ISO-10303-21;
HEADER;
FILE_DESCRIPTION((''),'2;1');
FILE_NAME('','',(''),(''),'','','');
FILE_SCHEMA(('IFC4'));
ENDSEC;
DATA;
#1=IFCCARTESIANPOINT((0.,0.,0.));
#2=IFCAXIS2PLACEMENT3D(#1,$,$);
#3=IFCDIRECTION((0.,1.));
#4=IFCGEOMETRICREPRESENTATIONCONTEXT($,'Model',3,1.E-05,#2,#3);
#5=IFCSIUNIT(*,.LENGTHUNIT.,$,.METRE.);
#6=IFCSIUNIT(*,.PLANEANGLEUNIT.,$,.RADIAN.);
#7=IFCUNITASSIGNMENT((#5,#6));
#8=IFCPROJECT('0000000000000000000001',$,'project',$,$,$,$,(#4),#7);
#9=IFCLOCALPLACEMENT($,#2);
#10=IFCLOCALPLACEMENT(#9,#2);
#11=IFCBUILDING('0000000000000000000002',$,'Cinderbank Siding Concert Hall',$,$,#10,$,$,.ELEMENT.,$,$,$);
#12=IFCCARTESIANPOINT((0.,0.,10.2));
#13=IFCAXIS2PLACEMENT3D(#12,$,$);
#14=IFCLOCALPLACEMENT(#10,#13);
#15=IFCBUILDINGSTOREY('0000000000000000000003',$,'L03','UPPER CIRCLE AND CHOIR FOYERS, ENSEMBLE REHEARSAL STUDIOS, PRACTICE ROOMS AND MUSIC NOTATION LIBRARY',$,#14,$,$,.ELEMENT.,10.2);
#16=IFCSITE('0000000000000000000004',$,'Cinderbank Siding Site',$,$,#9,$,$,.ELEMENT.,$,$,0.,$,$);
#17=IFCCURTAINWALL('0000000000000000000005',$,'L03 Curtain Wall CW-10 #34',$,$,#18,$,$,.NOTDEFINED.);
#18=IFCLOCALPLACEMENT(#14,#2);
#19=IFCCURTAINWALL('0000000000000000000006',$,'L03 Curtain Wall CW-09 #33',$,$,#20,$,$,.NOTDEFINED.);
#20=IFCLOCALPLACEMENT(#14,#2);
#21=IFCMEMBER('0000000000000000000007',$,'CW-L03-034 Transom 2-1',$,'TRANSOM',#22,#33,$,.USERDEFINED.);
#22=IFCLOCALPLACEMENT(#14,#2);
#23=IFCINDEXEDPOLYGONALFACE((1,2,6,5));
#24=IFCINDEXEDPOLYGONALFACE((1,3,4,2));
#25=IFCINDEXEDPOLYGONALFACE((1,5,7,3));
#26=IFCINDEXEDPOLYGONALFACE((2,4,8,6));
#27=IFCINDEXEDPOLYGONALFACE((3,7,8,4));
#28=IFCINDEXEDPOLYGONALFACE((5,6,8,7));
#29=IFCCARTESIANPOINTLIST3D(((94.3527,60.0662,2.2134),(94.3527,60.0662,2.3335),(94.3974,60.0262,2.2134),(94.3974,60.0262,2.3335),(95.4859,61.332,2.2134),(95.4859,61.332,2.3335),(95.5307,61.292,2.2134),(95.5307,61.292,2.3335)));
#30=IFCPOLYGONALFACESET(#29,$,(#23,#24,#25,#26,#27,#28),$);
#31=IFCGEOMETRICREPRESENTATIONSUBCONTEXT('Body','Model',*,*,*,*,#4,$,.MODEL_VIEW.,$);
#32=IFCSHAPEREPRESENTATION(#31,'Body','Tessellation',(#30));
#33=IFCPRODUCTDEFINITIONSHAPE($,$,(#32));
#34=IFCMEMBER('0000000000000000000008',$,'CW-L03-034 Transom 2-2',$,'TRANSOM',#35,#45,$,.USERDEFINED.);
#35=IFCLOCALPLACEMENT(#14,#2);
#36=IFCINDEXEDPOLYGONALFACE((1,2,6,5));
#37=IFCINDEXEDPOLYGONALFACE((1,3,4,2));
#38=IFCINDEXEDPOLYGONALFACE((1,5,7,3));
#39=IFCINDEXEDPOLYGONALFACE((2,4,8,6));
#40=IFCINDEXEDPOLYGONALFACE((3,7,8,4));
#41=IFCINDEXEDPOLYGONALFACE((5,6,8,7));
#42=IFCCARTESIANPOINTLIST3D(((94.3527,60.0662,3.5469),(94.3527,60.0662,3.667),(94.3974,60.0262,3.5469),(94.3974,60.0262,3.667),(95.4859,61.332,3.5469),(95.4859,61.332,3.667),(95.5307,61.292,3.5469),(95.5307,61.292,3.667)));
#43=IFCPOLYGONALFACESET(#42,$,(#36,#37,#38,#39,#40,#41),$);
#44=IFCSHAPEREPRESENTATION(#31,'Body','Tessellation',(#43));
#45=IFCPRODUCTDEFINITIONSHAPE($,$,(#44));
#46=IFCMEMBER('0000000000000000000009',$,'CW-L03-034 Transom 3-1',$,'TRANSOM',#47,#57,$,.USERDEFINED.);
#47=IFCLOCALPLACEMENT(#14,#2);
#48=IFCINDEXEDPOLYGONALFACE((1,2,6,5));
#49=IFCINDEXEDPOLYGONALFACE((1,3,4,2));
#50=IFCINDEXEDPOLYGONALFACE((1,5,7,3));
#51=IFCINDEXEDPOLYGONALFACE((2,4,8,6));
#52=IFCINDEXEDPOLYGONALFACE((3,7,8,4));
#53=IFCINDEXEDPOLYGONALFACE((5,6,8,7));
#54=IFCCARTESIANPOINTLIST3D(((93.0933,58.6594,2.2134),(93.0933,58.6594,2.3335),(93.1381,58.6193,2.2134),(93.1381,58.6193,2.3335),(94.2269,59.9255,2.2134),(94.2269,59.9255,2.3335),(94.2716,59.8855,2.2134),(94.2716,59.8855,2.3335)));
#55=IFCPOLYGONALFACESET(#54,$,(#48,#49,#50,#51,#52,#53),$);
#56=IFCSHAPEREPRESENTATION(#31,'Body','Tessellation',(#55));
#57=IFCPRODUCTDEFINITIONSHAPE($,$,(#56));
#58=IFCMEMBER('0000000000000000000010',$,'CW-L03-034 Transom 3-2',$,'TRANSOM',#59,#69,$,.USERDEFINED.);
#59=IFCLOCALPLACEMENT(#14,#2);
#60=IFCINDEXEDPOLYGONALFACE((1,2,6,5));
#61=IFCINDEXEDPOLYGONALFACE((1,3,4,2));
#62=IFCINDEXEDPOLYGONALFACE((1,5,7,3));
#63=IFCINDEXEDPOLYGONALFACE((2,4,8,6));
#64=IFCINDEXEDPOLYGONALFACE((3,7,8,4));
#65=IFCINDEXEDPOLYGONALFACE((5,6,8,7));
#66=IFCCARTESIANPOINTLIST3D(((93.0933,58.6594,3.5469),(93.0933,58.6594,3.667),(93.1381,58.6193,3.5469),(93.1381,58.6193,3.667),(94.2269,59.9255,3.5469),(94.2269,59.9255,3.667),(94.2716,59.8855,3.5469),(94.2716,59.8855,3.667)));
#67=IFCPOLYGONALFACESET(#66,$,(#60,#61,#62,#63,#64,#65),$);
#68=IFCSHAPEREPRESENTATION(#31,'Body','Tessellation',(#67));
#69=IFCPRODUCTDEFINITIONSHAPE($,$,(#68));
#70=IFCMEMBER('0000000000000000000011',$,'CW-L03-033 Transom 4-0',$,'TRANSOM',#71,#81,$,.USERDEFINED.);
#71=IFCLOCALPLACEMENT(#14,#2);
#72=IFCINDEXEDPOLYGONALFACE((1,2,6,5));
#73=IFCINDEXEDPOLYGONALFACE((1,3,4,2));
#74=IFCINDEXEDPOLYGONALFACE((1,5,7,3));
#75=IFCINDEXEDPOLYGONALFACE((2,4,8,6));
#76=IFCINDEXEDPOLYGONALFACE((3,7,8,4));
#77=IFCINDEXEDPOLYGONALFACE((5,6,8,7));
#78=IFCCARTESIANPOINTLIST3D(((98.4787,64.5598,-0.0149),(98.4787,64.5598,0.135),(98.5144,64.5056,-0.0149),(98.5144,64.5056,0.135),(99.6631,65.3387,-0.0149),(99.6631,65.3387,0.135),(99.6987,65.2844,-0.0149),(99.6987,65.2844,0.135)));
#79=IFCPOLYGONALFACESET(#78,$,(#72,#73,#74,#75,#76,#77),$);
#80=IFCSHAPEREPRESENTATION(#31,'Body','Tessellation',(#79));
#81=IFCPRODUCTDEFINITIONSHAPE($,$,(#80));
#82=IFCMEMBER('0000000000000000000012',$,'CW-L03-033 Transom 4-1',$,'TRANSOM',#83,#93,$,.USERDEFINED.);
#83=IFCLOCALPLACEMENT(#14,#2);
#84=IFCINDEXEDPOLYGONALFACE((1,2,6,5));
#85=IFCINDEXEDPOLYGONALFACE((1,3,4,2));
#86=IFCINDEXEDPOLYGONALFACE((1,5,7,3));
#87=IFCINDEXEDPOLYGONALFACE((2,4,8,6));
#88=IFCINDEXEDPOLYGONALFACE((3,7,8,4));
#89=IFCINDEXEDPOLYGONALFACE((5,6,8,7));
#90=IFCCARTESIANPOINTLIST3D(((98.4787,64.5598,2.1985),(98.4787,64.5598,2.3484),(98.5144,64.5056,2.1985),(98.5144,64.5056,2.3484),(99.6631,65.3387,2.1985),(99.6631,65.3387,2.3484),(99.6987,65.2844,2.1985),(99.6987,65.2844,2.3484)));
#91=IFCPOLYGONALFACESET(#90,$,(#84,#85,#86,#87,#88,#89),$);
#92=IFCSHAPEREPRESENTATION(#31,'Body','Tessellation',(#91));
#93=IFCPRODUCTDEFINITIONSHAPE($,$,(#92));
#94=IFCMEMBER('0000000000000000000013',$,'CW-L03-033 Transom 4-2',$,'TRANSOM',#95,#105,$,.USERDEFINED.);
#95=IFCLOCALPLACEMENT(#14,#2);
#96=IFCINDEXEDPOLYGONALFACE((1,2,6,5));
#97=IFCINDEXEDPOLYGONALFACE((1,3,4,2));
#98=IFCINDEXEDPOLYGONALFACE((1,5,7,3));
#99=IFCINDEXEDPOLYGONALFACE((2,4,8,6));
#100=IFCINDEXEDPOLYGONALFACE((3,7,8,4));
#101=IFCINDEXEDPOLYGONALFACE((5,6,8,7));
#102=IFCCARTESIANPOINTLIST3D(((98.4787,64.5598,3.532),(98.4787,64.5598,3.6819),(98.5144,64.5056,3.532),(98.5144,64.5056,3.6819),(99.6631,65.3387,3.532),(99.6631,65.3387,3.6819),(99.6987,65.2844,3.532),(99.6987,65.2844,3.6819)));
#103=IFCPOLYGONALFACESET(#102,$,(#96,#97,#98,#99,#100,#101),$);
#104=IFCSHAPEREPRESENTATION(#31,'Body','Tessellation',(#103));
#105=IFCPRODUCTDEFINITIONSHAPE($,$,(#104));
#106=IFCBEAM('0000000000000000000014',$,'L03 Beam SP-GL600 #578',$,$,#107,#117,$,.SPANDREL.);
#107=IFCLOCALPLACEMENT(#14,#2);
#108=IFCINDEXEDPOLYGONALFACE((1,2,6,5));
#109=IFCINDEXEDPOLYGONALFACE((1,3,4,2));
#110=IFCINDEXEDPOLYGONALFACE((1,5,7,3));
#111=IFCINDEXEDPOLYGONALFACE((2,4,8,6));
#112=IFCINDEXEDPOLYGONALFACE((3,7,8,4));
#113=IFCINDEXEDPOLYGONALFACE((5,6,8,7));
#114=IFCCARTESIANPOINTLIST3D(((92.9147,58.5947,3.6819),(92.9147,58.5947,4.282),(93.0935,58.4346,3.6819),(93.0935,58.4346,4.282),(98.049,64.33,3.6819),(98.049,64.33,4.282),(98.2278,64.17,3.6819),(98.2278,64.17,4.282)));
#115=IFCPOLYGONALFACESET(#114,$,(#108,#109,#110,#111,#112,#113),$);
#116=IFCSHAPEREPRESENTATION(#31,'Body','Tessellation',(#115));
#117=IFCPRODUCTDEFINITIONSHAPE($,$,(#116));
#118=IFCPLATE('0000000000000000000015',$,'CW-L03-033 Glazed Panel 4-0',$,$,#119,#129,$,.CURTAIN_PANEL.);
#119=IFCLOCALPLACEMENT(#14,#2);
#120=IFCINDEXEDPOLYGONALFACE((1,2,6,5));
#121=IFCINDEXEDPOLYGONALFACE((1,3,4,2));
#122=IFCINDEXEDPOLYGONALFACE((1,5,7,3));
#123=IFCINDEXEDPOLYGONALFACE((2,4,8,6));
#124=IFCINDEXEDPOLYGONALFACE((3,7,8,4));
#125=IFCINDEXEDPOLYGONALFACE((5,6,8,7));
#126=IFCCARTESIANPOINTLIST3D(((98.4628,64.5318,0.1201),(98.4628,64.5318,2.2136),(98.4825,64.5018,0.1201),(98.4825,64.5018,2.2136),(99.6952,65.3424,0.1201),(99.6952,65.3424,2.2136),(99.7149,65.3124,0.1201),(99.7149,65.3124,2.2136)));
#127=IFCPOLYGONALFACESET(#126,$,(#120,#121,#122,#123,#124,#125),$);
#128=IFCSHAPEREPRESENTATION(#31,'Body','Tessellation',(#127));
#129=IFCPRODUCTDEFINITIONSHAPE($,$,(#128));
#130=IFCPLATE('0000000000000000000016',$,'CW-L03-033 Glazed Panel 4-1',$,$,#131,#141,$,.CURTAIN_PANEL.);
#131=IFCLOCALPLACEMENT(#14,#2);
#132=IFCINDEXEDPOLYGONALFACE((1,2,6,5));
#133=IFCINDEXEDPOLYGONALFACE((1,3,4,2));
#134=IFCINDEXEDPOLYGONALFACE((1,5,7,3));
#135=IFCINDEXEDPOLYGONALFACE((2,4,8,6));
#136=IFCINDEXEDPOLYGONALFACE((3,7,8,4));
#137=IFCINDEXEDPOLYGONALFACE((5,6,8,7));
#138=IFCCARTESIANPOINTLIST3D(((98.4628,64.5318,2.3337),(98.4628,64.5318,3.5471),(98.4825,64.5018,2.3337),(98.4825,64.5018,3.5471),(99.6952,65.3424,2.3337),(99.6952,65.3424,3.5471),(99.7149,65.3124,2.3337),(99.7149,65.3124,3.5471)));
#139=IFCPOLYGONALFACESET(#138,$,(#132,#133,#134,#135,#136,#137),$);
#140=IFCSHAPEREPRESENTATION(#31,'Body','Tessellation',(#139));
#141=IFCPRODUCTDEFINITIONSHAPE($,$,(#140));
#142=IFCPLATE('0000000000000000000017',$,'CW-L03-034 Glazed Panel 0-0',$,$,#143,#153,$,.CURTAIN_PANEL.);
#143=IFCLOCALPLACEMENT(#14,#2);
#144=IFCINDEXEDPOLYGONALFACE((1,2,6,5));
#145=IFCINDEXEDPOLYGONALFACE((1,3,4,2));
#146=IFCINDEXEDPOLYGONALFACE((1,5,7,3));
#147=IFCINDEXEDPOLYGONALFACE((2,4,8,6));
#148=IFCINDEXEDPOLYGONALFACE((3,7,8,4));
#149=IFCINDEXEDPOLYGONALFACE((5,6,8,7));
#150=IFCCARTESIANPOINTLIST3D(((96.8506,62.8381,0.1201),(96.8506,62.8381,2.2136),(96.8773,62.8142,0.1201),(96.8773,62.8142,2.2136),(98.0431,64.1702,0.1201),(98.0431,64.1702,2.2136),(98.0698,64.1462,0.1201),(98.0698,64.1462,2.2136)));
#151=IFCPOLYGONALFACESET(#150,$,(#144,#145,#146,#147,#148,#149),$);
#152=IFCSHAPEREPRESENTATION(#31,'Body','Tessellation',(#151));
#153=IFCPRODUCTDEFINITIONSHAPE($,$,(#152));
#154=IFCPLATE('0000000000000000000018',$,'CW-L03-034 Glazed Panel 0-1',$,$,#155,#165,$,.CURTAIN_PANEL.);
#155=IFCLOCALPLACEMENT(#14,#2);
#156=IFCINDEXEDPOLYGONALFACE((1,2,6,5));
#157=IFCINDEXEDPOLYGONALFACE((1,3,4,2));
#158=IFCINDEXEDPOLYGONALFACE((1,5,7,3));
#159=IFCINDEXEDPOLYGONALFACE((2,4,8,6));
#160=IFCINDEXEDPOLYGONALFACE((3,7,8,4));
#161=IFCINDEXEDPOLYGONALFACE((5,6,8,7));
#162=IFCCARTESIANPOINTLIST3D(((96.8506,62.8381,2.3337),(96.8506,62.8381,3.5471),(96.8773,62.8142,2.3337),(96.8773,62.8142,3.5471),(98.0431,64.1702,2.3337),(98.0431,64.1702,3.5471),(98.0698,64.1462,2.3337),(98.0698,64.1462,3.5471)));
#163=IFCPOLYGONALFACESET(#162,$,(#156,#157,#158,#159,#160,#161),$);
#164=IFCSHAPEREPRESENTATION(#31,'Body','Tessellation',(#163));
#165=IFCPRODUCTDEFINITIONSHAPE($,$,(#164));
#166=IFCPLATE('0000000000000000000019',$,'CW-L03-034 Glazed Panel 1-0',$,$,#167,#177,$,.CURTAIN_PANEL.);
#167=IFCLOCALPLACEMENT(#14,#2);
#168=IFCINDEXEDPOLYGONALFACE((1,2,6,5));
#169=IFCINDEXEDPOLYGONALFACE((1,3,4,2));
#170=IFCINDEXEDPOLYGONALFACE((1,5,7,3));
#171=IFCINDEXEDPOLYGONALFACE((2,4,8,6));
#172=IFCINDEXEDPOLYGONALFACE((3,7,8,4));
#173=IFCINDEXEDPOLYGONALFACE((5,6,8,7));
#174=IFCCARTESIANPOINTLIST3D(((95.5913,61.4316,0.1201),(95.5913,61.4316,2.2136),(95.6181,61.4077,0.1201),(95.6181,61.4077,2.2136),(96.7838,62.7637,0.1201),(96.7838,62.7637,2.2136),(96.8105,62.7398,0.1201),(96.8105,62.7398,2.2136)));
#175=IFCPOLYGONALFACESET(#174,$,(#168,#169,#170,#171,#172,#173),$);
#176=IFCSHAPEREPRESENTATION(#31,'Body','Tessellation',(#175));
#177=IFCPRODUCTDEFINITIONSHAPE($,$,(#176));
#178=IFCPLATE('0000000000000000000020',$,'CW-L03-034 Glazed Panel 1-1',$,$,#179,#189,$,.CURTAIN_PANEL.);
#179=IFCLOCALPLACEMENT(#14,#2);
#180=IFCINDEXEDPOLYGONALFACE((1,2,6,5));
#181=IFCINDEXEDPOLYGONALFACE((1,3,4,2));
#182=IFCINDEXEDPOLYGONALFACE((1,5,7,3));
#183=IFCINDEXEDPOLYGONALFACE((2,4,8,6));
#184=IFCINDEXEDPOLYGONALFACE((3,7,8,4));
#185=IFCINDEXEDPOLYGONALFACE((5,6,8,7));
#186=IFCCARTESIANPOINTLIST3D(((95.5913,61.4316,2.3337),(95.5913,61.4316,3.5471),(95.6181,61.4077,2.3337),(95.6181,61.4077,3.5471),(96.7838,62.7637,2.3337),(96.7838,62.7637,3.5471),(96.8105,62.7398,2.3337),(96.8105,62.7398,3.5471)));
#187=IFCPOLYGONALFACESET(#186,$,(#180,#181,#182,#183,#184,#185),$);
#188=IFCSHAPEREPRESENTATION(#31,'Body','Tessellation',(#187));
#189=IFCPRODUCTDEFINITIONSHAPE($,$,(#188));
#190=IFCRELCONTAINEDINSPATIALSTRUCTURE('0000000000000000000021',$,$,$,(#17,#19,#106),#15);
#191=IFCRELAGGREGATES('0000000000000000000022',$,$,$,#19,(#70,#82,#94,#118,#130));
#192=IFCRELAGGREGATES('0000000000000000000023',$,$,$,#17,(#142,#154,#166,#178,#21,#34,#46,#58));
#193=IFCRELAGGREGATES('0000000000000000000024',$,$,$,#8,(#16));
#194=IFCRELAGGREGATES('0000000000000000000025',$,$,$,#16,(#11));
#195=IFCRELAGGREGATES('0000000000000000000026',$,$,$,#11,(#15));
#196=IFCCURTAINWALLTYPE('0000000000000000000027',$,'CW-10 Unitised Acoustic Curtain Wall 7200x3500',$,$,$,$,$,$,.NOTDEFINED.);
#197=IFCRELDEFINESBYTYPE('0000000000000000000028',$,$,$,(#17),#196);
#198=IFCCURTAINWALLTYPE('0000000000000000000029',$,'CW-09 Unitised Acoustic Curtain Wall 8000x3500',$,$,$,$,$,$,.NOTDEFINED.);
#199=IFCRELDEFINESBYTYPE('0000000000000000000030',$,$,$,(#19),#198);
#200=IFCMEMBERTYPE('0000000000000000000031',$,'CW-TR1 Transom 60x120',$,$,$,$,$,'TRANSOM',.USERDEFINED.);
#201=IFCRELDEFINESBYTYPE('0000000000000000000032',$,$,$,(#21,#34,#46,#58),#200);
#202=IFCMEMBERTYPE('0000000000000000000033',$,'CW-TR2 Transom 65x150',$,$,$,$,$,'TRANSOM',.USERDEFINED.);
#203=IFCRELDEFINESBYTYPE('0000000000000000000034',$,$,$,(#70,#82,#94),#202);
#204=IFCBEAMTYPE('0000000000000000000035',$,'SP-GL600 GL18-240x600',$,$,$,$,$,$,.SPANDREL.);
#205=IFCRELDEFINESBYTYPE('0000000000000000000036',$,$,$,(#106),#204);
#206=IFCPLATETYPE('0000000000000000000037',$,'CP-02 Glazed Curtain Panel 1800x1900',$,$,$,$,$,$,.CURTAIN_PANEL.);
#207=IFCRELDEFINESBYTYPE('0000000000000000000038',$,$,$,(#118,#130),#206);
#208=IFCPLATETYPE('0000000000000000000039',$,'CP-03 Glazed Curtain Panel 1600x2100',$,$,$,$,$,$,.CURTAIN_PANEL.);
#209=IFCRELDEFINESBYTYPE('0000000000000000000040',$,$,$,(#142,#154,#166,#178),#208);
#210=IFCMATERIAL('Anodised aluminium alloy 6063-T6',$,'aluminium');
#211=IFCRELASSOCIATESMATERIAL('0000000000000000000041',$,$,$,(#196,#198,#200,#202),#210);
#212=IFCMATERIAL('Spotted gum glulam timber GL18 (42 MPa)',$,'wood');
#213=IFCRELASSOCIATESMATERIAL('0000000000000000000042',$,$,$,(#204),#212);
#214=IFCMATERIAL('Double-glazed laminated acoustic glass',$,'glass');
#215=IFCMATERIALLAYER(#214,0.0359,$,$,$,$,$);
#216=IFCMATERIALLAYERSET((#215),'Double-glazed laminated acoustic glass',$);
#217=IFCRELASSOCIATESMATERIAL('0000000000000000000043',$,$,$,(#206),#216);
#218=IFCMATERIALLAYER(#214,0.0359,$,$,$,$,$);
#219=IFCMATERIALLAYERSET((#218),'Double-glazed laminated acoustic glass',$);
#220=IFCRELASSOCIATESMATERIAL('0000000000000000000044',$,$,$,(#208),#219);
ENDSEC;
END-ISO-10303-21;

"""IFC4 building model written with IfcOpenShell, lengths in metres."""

from ifc_helpers import new_model, si_unit, direction, frame, origin, origin_2d, place, context, subcontext, project, spatial, rectangle, extrude, material, layer, layer_set, material_profile, profile_set, type_object, element, aggregate, save


model = new_model("IFC4")

# Units and contexts
model_context = context("Model", 3, precision=1e-05, world=origin(), true_north=direction((0.0, 1.0)))
body_context = subcontext(model_context, "Body", "Model", "MODEL_VIEW")
ifc_project = project(units=[si_unit("LENGTHUNIT", "METRE"), si_unit("PLANEANGLEUNIT", "RADIAN")], contexts=[model_context])

# Site, building, storey
site_placement = place(None, origin())
site = spatial("IfcSite", under=ifc_project, at=site_placement, Name="Cinderbank Siding Site", CompositionType="ELEMENT", RefElevation=0.0)
building_placement = place(site_placement, origin())
building = spatial("IfcBuilding", under=site, at=building_placement, Name="Cinderbank Siding Concert Hall", CompositionType="ELEMENT")
storey_placement = place(building_placement, frame((0.0, 0.0, 10.2)))
storey = spatial("IfcBuildingStorey", under=building, at=storey_placement, Name="L03", Description="UPPER CIRCLE AND CHOIR FOYERS, ENSEMBLE REHEARSAL STUDIOS, PRACTICE ROOMS AND MUSIC NOTATION LIBRARY", CompositionType="ELEMENT", Elevation=10.2)

# Curtain wall
ifc_material_1 = material(Name="Anodised aluminium alloy 6063-T6", Category="aluminium")
curtain_wall_type_1 = type_object("IfcCurtainWallType", Name="CW-10 Unitised Acoustic Curtain Wall 7200x3500", PredefinedType="NOTDEFINED", material=ifc_material_1)
curtain_wall_1_placement = place(storey_placement, origin())
curtain_wall_1 = element("IfcCurtainWall", 1, at=curtain_wall_1_placement, inside=storey, type_object=curtain_wall_type_1, Name="L03 Curtain Wall CW-10 #34", PredefinedType="NOTDEFINED")

# Curtain wall
curtain_wall_type_2 = type_object("IfcCurtainWallType", Name="CW-09 Unitised Acoustic Curtain Wall 8000x3500", PredefinedType="NOTDEFINED", material=ifc_material_1)
curtain_wall_2_placement = place(storey_placement, origin())
curtain_wall_2 = element("IfcCurtainWall", 2, at=curtain_wall_2_placement, inside=storey, type_object=curtain_wall_type_2, Name="L03 Curtain Wall CW-09 #33", PredefinedType="NOTDEFINED")

# Members
ifc_material_profile_1 = material_profile(ifc_material_1, rectangle(XDim=0.0601, YDim=0.1201, at=origin_2d()), Name="ALU-TRAN-60x120", Category="LoadBearing")
ifc_profile_set_1 = profile_set([ifc_material_profile_1], Name="Anodised aluminium alloy 6063-T6")
member_type_1 = type_object("IfcMemberType", Name="CW-TR1 Transom 60x120", ElementType="TRANSOM", PredefinedType="USERDEFINED", material=ifc_profile_set_1)
member_1_placement = place(storey_placement, frame((95.5083, 61.312, 2.2734), z_axis=(-0.667017, -0.745042, 0.0), x_axis=(0.745042, -0.667017, 0.0)))
member_1 = element("IfcMember", 3, at=member_1_placement, type_object=member_type_1, Name="CW-L03-034 Transom 2-1", ObjectType="TRANSOM", PredefinedType="USERDEFINED", context=body_context, shape_type="SweptSolid", body=[
    extrude(rectangle(XDim=0.0601, YDim=0.1201, at=origin_2d()), origin(), (0.0, 0.0, 1.0), 1.699),
])
member_2_placement = place(storey_placement, frame((95.5083, 61.312, 3.6069), z_axis=(-0.667017, -0.745042, 0.0), x_axis=(0.745042, -0.667017, 0.0)))
member_2 = element("IfcMember", 4, at=member_2_placement, type_object=member_type_1, Name="CW-L03-034 Transom 2-2", ObjectType="TRANSOM", PredefinedType="USERDEFINED", context=body_context, shape_type="SweptSolid", body=[
    extrude(rectangle(XDim=0.0601, YDim=0.1201, at=origin_2d()), origin(), (0.0, 0.0, 1.0), 1.699),
])
member_3_placement = place(storey_placement, frame((94.2493, 59.9055, 2.2734), z_axis=(-0.667026, -0.745035, 0.0), x_axis=(0.745035, -0.667026, 0.0)))
member_3 = element("IfcMember", 5, at=member_3_placement, type_object=member_type_1, Name="CW-L03-034 Transom 3-1", ObjectType="TRANSOM", PredefinedType="USERDEFINED", context=body_context, shape_type="SweptSolid", body=[
    extrude(rectangle(XDim=0.0601, YDim=0.1201, at=origin_2d()), origin(), (0.0, 0.0, 1.0), 1.6995),
])
member_4_placement = place(storey_placement, frame((94.2493, 59.9055, 3.6069), z_axis=(-0.667026, -0.745035, 0.0), x_axis=(0.745035, -0.667026, 0.0)))
member_4 = element("IfcMember", 6, at=member_4_placement, type_object=member_type_1, Name="CW-L03-034 Transom 3-2", ObjectType="TRANSOM", PredefinedType="USERDEFINED", context=body_context, shape_type="SweptSolid", body=[
    extrude(rectangle(XDim=0.0601, YDim=0.1201, at=origin_2d()), origin(), (0.0, 0.0, 1.0), 1.6995),
])
ifc_material_profile_2 = material_profile(ifc_material_1, rectangle(XDim=0.0649, YDim=0.1499, at=origin_2d()), Name="ALU-TRAN-65x150", Category="LoadBearing")
ifc_profile_set_2 = profile_set([ifc_material_profile_2], Name="Anodised aluminium alloy 6063-T6")
member_type_2 = type_object("IfcMemberType", Name="CW-TR2 Transom 65x150", ElementType="TRANSOM", PredefinedType="USERDEFINED", material=ifc_profile_set_2)
member_5_placement = place(storey_placement, frame((99.6809, 65.3115, 0.0601), z_axis=(-0.835532, -0.549443, 0.0), x_axis=(0.549443, -0.835532, 0.0)))
member_5 = element("IfcMember", 7, at=member_5_placement, type_object=member_type_2, Name="CW-L03-033 Transom 4-0", ObjectType="TRANSOM", PredefinedType="USERDEFINED", context=body_context, shape_type="SweptSolid", body=[
    extrude(rectangle(XDim=0.0649, YDim=0.1499, at=origin_2d()), origin(), (0.0, 0.0, 1.0), 1.4175),
])
member_6_placement = place(storey_placement, frame((99.6809, 65.3115, 2.2734), z_axis=(-0.835532, -0.549443, 0.0), x_axis=(0.549443, -0.835532, 0.0)))
member_6 = element("IfcMember", 8, at=member_6_placement, type_object=member_type_2, Name="CW-L03-033 Transom 4-1", ObjectType="TRANSOM", PredefinedType="USERDEFINED", context=body_context, shape_type="SweptSolid", body=[
    extrude(rectangle(XDim=0.0649, YDim=0.1499, at=origin_2d()), origin(), (0.0, 0.0, 1.0), 1.4175),
])
member_7_placement = place(storey_placement, frame((99.6809, 65.3115, 3.6069), z_axis=(-0.835532, -0.549443, 0.0), x_axis=(0.549443, -0.835532, 0.0)))
member_7 = element("IfcMember", 9, at=member_7_placement, type_object=member_type_2, Name="CW-L03-033 Transom 4-2", ObjectType="TRANSOM", PredefinedType="USERDEFINED", context=body_context, shape_type="SweptSolid", body=[
    extrude(rectangle(XDim=0.0649, YDim=0.1499, at=origin_2d()), origin(), (0.0, 0.0, 1.0), 1.4175),
])

# Beam
ifc_material_2 = material(Name="Spotted gum glulam timber GL18 (42 MPa)", Category="wood")
ifc_material_profile_3 = material_profile(ifc_material_2, rectangle(XDim=0.24, YDim=0.6001, at=origin_2d()), Name="GL18-240x600", Category="LoadBearing")
ifc_profile_set_3 = profile_set([ifc_material_profile_3], Name="Spotted gum glulam timber GL18 (42 MPa)")
beam_type_1 = type_object("IfcBeamType", Name="SP-GL600 GL18-240x600", PredefinedType="SPANDREL", material=ifc_profile_set_3)
beam_1_placement = place(storey_placement, frame((98.1384, 64.25, 3.9819), z_axis=(-0.666986, -0.74507, 0.0), x_axis=(0.74507, -0.666986, 0.0)))
element("IfcBeam", 10, at=beam_1_placement, inside=storey, type_object=beam_type_1, Name="L03 Beam SP-GL600 #578", PredefinedType="SPANDREL", context=body_context, shape_type="SweptSolid", body=[
    extrude(rectangle(XDim=0.24, YDim=0.6001, at=origin_2d()), origin(), (0.0, 0.0, 1.0), 7.6978),
])

# Plates
ifc_material_3 = material(Name="Double-glazed laminated acoustic glass", Category="glass")
ifc_layer_1 = layer(ifc_material_3, 0.0359)
ifc_layer_set_1 = layer_set([ifc_layer_1], Name="Double-glazed laminated acoustic glass")
plate_type_1 = type_object("IfcPlateType", Name="CP-02 Glazed Curtain Panel 1800x1900", PredefinedType="CURTAIN_PANEL", material=ifc_layer_set_1)
plate_1_placement = place(storey_placement, frame((99.0889, 64.9221, 0.1201), z_axis=(0.0, 0.0, 1.0), x_axis=(-0.835492, -0.549503, 0.0)))
plate_1 = element("IfcPlate", 11, at=plate_1_placement, type_object=plate_type_1, Name="CW-L03-033 Glazed Panel 4-0", PredefinedType="CURTAIN_PANEL", context=body_context, shape_type="SweptSolid", body=[
    extrude(rectangle(XDim=1.4751, YDim=0.0359, at=origin_2d()), origin(), (0.0, 0.0, 1.0), 2.0935),
])
plate_2_placement = place(storey_placement, frame((99.0889, 64.9221, 2.3337), z_axis=(0.0, 0.0, 1.0), x_axis=(-0.835492, -0.549503, 0.0)))
plate_2 = element("IfcPlate", 12, at=plate_2_placement, type_object=plate_type_1, Name="CW-L03-033 Glazed Panel 4-1", PredefinedType="CURTAIN_PANEL", context=body_context, shape_type="SweptSolid", body=[
    extrude(rectangle(XDim=1.4751, YDim=0.0359, at=origin_2d()), origin(), (0.0, 0.0, 1.0), 1.2134),
])
aggregate(curtain_wall_2, [member_5, member_6, member_7, plate_1, plate_2])
ifc_layer_2 = layer(ifc_material_3, 0.0359)
ifc_layer_set_2 = layer_set([ifc_layer_2], Name="Double-glazed laminated acoustic glass")
plate_type_2 = type_object("IfcPlateType", Name="CP-03 Glazed Curtain Panel 1600x2100", PredefinedType="CURTAIN_PANEL", material=ifc_layer_set_2)
plate_3_placement = place(storey_placement, frame((97.4602, 63.4922, 0.1201), z_axis=(0.0, 0.0, 1.0), x_axis=(-0.666993, -0.745064, 0.0)))
plate_3 = element("IfcPlate", 13, at=plate_3_placement, type_object=plate_type_2, Name="CW-L03-034 Glazed Panel 0-0", PredefinedType="CURTAIN_PANEL", context=body_context, shape_type="SweptSolid", body=[
    extrude(rectangle(XDim=1.7878, YDim=0.0359, at=origin_2d()), origin(), (0.0, 0.0, 1.0), 2.0935),
])
plate_4_placement = place(storey_placement, frame((97.4602, 63.4922, 2.3337), z_axis=(0.0, 0.0, 1.0), x_axis=(-0.666993, -0.745064, 0.0)))
plate_4 = element("IfcPlate", 14, at=plate_4_placement, type_object=plate_type_2, Name="CW-L03-034 Glazed Panel 0-1", PredefinedType="CURTAIN_PANEL", context=body_context, shape_type="SweptSolid", body=[
    extrude(rectangle(XDim=1.7878, YDim=0.0359, at=origin_2d()), origin(), (0.0, 0.0, 1.0), 1.2134),
])
plate_5_placement = place(storey_placement, frame((96.2009, 62.0857, 0.1201), z_axis=(0.0, 0.0, 1.0), x_axis=(-0.666993, -0.745064, 0.0)))
plate_5 = element("IfcPlate", 15, at=plate_5_placement, type_object=plate_type_2, Name="CW-L03-034 Glazed Panel 1-0", PredefinedType="CURTAIN_PANEL", context=body_context, shape_type="SweptSolid", body=[
    extrude(rectangle(XDim=1.7878, YDim=0.0359, at=origin_2d()), origin(), (0.0, 0.0, 1.0), 2.0935),
])
plate_6_placement = place(storey_placement, frame((96.2009, 62.0857, 2.3337), z_axis=(0.0, 0.0, 1.0), x_axis=(-0.666993, -0.745064, 0.0)))
plate_6 = element("IfcPlate", 16, at=plate_6_placement, type_object=plate_type_2, Name="CW-L03-034 Glazed Panel 1-1", PredefinedType="CURTAIN_PANEL", context=body_context, shape_type="SweptSolid", body=[
    extrude(rectangle(XDim=1.7878, YDim=0.0359, at=origin_2d()), origin(), (0.0, 0.0, 1.0), 1.2134),
])
aggregate(curtain_wall_1, [plate_3, plate_4, plate_5, plate_6, member_1, member_2, member_3, member_4])

save(model, "model.ifc")
